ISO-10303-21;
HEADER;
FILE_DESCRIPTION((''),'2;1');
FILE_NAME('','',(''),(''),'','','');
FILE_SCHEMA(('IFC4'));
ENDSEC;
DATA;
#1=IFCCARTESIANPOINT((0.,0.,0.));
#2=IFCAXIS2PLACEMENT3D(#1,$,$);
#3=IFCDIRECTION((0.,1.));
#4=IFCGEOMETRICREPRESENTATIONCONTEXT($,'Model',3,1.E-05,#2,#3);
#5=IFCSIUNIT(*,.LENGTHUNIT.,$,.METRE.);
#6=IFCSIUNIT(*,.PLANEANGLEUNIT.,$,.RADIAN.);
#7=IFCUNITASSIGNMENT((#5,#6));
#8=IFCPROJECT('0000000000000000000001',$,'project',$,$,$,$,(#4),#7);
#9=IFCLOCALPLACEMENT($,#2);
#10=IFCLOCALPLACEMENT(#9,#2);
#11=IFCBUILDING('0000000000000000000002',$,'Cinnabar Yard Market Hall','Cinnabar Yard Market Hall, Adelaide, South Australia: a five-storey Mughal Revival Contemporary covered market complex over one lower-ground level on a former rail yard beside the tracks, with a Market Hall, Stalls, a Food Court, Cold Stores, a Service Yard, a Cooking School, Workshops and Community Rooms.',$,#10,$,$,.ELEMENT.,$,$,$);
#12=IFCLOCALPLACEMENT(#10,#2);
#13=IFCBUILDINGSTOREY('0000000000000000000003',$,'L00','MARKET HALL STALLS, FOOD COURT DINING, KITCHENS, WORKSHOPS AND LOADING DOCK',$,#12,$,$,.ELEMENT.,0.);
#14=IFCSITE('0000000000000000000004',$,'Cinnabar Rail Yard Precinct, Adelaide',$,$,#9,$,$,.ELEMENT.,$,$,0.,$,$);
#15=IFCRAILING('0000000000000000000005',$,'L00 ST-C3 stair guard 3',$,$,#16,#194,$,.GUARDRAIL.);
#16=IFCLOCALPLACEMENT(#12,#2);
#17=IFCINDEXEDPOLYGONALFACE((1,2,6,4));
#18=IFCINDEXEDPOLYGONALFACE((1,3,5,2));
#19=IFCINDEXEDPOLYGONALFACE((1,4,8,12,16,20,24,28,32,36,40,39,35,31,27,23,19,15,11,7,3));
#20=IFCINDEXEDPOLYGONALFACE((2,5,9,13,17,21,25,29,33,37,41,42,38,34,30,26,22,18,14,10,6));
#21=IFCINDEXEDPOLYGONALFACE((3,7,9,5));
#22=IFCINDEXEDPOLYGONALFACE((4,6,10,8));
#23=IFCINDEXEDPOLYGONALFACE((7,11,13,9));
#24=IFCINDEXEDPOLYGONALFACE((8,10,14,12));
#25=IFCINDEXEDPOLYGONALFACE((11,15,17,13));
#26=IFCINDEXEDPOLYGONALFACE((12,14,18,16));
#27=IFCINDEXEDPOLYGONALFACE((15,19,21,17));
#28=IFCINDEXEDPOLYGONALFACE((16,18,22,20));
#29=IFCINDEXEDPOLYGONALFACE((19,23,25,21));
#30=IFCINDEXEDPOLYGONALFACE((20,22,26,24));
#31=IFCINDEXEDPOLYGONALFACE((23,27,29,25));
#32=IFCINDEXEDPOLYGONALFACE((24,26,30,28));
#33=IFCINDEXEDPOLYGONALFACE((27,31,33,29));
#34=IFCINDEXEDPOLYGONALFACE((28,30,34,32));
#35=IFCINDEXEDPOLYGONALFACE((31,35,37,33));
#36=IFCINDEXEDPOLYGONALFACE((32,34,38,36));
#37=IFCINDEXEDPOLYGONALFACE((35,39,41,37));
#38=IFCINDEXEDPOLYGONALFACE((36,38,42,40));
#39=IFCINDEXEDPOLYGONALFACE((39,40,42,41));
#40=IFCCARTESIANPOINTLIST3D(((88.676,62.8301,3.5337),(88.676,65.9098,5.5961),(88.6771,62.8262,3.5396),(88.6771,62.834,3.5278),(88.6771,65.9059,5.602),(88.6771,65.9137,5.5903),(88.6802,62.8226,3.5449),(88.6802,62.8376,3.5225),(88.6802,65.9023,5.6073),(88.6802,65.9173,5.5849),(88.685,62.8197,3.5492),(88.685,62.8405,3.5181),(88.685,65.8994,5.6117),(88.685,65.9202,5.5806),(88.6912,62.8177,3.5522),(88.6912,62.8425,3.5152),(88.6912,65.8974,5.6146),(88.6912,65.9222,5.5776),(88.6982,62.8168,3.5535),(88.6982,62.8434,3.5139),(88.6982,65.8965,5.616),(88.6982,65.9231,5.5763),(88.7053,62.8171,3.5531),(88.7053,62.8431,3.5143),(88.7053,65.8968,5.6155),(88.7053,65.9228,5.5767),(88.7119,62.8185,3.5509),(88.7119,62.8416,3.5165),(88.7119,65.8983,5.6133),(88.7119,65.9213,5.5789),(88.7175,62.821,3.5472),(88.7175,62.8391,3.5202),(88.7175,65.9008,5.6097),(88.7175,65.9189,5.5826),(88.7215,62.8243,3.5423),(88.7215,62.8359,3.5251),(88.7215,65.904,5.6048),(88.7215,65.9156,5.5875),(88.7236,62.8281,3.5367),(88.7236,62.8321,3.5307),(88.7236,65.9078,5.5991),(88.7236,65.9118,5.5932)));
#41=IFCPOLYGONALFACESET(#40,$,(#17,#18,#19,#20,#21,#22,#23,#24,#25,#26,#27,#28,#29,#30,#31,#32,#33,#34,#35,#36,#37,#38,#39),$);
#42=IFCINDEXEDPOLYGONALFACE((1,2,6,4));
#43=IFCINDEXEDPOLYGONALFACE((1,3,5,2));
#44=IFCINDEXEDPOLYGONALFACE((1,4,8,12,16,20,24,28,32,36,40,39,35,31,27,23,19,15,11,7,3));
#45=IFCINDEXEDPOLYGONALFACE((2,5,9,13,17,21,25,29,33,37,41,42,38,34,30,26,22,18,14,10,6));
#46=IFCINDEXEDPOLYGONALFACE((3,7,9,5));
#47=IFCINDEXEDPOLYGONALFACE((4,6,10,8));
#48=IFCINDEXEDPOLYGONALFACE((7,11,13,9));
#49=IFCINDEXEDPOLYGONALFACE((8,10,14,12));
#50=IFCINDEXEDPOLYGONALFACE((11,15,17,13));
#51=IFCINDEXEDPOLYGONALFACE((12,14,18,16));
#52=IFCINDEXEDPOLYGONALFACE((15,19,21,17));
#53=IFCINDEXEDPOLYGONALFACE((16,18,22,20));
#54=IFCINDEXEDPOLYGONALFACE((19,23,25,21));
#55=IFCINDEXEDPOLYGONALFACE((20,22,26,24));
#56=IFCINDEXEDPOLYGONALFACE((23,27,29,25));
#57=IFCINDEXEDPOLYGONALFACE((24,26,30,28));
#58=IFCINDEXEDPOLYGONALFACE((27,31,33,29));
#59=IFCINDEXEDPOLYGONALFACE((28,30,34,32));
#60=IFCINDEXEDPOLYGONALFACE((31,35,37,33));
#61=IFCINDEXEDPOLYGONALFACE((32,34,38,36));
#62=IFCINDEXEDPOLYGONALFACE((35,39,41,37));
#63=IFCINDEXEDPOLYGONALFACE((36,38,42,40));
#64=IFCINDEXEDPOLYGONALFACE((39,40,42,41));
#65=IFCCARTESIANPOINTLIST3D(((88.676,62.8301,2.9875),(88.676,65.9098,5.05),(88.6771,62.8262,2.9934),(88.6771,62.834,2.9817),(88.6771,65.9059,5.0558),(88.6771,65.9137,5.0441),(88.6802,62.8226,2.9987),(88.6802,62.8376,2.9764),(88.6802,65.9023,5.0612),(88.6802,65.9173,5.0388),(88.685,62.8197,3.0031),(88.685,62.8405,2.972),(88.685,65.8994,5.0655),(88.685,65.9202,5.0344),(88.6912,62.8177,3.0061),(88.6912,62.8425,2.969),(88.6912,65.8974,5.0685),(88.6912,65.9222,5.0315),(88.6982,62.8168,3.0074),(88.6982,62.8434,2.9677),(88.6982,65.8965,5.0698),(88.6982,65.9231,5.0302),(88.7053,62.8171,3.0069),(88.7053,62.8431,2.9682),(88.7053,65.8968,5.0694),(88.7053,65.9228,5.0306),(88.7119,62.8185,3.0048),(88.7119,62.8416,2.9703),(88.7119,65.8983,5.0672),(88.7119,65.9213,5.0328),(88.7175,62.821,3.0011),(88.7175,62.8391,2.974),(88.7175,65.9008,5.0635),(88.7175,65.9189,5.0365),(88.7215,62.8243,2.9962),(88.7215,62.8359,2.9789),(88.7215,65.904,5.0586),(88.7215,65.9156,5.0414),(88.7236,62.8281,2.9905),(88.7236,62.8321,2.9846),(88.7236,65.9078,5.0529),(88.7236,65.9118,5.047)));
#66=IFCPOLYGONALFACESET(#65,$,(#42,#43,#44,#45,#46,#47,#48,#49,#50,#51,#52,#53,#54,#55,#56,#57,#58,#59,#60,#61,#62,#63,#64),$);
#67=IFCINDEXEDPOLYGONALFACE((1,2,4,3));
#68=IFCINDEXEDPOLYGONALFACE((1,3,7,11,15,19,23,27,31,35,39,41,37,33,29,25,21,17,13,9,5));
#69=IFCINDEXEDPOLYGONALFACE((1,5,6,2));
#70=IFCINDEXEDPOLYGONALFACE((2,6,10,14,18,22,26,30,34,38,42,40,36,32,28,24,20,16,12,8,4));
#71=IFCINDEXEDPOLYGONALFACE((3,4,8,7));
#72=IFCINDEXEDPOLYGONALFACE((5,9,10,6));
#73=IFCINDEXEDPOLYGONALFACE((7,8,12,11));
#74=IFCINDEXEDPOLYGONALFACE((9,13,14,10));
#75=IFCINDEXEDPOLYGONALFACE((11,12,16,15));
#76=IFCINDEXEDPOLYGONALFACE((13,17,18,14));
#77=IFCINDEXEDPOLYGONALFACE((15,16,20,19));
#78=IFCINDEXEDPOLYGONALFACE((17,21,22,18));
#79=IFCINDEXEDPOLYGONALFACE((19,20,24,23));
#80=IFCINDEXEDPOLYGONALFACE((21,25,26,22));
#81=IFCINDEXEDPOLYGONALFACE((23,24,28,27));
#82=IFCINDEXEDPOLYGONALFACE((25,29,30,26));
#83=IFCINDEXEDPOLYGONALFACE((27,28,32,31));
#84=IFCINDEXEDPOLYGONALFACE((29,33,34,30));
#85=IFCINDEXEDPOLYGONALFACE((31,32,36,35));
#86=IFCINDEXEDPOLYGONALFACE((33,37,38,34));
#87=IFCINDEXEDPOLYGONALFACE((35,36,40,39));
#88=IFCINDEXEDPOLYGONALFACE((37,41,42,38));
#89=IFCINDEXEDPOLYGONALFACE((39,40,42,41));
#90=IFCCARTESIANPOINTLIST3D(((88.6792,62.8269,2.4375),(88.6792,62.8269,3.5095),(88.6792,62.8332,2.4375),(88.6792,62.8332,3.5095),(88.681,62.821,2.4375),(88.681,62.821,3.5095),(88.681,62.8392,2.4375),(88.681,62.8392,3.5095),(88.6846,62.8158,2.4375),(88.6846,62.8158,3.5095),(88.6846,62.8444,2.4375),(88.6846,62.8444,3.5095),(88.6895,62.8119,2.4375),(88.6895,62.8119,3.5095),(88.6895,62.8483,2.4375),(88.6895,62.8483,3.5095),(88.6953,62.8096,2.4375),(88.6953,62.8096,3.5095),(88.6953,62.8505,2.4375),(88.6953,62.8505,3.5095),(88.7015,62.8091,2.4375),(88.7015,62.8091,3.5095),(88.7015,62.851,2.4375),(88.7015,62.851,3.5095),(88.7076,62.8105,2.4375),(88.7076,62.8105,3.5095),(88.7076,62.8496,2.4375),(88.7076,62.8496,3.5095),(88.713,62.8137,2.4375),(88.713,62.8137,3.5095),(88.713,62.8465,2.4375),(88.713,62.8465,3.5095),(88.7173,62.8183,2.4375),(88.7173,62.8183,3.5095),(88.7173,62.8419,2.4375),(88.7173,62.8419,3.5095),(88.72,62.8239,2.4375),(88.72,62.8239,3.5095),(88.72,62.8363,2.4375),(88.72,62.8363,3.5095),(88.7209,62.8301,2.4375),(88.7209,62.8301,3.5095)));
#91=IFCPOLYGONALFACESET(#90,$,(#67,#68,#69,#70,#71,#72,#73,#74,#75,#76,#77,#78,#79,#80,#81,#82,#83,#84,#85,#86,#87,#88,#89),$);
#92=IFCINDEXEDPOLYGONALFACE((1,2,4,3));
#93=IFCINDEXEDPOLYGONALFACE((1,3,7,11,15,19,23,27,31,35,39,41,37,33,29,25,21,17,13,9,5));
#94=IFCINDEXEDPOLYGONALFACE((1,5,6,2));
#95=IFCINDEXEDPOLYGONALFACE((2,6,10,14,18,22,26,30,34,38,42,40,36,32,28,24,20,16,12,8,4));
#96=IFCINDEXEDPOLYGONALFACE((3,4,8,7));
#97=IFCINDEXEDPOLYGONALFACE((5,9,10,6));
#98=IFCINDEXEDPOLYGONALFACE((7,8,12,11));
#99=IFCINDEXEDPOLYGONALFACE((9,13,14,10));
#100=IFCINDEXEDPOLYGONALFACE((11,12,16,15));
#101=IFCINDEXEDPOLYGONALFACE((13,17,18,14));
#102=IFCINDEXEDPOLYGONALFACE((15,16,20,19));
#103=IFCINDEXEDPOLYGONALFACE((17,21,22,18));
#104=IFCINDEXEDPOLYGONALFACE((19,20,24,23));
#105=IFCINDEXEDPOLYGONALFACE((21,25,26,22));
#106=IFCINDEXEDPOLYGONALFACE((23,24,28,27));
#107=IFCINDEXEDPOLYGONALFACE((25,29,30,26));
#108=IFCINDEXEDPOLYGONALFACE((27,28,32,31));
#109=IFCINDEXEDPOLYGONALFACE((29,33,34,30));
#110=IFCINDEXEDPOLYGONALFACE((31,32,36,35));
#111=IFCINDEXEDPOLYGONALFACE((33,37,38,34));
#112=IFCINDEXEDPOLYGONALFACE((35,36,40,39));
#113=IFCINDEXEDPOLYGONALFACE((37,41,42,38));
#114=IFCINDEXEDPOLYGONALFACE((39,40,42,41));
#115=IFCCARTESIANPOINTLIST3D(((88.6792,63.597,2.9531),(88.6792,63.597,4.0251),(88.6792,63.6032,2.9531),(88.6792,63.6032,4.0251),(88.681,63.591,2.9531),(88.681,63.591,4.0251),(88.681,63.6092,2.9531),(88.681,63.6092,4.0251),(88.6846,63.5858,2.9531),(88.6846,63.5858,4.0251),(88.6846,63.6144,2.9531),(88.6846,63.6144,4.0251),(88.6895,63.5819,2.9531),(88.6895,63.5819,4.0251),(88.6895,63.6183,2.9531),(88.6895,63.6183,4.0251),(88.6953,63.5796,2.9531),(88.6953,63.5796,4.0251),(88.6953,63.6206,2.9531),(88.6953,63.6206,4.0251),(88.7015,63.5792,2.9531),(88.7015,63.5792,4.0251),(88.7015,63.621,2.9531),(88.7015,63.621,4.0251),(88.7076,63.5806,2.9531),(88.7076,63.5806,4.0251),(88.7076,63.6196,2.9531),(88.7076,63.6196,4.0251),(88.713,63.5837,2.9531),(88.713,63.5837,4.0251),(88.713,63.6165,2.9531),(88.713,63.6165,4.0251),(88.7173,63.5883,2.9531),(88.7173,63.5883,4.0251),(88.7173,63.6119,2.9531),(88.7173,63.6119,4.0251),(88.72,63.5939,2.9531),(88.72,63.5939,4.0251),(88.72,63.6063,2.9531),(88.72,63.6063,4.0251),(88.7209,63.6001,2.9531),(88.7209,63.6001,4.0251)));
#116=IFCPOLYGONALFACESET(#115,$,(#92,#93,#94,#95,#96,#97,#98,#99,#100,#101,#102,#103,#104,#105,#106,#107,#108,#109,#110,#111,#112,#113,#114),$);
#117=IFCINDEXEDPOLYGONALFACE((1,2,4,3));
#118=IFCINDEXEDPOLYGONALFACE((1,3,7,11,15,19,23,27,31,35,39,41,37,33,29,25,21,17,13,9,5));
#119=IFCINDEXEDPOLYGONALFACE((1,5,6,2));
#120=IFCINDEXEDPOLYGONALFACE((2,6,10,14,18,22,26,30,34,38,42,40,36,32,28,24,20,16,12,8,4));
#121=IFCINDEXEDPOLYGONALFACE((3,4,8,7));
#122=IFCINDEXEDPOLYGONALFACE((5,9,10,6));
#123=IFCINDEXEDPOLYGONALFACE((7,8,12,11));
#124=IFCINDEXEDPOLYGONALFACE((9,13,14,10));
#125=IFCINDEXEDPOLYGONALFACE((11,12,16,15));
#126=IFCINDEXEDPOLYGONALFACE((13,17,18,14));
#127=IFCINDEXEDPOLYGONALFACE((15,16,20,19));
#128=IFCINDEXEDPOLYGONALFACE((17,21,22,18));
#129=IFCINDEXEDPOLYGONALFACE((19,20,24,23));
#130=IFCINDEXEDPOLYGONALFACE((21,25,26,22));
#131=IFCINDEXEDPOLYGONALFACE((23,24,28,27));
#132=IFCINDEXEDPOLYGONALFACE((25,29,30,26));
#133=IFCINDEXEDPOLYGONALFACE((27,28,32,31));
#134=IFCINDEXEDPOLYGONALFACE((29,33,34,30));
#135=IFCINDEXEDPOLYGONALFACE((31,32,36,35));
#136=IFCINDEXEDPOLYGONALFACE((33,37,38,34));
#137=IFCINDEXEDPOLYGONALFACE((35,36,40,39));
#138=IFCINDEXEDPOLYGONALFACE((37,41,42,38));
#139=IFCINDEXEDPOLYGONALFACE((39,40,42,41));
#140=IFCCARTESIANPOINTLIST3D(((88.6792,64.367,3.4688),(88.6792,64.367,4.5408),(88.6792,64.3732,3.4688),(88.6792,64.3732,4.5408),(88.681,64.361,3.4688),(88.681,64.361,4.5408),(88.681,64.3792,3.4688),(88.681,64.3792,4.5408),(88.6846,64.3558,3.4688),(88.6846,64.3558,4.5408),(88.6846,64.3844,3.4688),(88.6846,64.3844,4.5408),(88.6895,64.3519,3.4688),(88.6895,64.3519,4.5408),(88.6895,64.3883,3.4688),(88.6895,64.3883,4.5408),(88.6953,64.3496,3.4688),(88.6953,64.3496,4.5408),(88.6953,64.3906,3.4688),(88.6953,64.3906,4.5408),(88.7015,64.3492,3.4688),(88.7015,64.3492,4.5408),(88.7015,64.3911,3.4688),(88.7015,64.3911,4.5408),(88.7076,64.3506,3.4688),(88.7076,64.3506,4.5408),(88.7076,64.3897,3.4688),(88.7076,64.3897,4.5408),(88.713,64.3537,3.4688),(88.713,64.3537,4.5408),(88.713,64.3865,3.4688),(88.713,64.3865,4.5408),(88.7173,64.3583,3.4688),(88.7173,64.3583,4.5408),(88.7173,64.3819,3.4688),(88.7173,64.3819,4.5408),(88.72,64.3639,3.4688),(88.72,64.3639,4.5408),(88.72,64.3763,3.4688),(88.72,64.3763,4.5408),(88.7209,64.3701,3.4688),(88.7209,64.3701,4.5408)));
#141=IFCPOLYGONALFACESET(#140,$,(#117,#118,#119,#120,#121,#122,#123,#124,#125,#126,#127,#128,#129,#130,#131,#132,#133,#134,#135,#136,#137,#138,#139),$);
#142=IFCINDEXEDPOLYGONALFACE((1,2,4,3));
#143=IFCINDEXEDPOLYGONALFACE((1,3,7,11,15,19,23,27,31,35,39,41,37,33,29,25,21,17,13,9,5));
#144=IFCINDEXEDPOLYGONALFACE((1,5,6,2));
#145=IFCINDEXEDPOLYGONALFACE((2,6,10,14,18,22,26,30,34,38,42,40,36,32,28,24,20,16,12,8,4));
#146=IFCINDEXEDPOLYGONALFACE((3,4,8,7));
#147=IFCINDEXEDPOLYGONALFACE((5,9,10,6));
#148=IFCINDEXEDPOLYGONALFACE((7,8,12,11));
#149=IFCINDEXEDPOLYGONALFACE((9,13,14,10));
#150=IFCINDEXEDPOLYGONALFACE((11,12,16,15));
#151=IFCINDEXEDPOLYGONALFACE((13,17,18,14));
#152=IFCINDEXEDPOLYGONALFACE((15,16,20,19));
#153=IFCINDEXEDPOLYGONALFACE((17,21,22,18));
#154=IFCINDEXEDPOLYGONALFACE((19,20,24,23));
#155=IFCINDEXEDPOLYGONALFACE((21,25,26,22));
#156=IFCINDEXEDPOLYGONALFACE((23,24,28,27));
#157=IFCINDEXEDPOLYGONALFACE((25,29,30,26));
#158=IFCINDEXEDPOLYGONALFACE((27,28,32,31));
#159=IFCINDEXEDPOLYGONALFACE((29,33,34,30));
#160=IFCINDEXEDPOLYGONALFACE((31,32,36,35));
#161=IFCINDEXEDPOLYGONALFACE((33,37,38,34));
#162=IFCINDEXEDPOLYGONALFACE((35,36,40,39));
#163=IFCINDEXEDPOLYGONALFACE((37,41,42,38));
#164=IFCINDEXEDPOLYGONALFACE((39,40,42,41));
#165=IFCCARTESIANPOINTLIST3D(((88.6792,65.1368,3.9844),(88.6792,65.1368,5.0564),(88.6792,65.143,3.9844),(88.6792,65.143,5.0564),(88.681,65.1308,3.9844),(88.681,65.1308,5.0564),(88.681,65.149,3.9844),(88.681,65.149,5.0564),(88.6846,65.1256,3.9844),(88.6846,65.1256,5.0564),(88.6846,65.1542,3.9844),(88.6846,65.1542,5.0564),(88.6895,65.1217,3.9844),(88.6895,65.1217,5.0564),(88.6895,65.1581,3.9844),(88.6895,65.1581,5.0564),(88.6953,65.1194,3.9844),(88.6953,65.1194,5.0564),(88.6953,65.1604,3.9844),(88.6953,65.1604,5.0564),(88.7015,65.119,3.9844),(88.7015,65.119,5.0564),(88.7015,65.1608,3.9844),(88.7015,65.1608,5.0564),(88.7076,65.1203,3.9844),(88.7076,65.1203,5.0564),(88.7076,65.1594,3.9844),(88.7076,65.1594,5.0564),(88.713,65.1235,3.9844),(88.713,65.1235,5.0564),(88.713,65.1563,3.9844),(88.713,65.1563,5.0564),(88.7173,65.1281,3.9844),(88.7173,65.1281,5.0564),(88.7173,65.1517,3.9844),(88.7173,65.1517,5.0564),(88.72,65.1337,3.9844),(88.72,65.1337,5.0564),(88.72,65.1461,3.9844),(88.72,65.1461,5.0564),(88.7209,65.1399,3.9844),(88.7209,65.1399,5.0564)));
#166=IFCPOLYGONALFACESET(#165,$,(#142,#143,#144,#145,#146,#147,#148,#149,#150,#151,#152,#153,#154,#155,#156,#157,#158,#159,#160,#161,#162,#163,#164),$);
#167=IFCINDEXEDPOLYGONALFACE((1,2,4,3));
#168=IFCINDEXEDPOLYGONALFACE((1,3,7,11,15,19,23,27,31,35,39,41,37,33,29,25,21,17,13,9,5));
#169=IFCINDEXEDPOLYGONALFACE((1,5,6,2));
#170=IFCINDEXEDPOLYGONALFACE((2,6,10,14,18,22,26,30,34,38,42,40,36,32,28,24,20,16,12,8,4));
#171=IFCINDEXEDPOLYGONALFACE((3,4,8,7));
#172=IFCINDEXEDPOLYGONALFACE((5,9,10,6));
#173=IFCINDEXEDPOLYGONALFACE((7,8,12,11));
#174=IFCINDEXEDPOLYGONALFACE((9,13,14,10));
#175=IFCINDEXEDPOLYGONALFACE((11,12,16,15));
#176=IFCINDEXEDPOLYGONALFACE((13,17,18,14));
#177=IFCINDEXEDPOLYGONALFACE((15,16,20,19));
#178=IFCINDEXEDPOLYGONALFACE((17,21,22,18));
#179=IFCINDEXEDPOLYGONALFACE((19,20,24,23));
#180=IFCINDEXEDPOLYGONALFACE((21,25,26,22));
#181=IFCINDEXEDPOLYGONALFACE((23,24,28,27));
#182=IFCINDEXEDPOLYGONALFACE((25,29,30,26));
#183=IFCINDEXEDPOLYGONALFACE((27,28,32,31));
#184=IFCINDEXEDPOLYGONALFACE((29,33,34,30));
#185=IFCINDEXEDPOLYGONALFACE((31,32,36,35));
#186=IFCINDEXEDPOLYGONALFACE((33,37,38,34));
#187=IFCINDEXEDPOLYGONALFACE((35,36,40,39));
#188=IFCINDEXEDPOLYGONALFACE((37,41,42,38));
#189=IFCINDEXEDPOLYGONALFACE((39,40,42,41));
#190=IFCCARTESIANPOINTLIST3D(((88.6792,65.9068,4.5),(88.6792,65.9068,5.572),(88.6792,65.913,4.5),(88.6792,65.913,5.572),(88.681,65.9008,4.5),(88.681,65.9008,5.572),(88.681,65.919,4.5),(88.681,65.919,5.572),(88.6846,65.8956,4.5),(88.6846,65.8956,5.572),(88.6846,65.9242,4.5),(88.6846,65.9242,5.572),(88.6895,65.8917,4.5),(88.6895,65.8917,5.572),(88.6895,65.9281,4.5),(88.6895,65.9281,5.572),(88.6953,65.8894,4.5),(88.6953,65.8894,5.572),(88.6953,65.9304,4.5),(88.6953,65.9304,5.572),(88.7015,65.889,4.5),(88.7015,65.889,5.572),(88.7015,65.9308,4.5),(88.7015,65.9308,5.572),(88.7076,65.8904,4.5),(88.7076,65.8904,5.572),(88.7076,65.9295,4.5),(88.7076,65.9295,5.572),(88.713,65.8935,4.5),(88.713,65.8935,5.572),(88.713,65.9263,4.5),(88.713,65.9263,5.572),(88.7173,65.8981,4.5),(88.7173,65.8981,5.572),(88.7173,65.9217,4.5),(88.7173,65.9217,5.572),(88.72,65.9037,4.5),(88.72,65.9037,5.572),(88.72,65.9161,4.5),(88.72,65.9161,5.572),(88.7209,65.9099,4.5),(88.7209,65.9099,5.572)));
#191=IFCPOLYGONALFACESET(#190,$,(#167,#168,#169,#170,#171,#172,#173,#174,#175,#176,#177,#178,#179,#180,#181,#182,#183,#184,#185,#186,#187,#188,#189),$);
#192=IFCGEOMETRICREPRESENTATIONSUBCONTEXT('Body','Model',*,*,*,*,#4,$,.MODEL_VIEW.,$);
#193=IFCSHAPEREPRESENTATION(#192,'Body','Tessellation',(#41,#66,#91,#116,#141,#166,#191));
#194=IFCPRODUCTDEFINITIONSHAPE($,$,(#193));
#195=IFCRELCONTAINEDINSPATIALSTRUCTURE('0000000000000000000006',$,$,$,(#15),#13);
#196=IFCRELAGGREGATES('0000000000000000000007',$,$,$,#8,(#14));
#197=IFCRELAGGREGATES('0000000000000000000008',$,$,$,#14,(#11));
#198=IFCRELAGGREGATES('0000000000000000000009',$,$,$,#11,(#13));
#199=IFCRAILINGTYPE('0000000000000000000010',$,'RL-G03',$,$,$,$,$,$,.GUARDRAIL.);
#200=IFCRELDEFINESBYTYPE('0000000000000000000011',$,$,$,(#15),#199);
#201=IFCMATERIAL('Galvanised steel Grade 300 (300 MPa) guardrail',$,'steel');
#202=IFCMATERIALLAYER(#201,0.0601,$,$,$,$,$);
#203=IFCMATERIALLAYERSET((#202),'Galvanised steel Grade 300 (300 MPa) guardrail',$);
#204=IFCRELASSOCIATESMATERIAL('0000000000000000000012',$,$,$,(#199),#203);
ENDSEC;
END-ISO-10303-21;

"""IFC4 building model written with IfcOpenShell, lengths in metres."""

from ifc_helpers import new_model, si_unit, direction, frame, origin, origin_2d_with_axis, place, context, subcontext, project, spatial, circle, extrude, material, layer, layer_set, type_object, element, save


model = new_model("IFC4")

# Units and contexts
model_context = context("Model", 3, precision=1e-05, world=origin(), true_north=direction((0.0, 1.0)))
body_context = subcontext(model_context, "Body", "Model", "MODEL_VIEW")
ifc_project = project(units=[si_unit("LENGTHUNIT", "METRE"), si_unit("PLANEANGLEUNIT", "RADIAN")], contexts=[model_context])

# Site, building, storey
site_placement = place(None, origin())
site = spatial("IfcSite", under=ifc_project, at=site_placement, Name="Cinnabar Rail Yard Precinct, Adelaide", CompositionType="ELEMENT", RefElevation=0.0)
building_placement = place(site_placement, origin())
building = spatial("IfcBuilding", under=site, at=building_placement, Name="Cinnabar Yard Market Hall", Description="Cinnabar Yard Market Hall, Adelaide, South Australia: a five-storey Mughal Revival Contemporary covered market complex over one lower-ground level on a former rail yard beside the tracks, with a Market Hall, Stalls, a Food Court, Cold Stores, a Service Yard, a Cooking School, Workshops and Community Rooms.", CompositionType="ELEMENT")
storey_placement = place(building_placement, origin())
storey = spatial("IfcBuildingStorey", under=building, at=storey_placement, Name="L00", Description="MARKET HALL STALLS, FOOD COURT DINING, KITCHENS, WORKSHOPS AND LOADING DOCK", CompositionType="ELEMENT", Elevation=0.0)

# Railing
ifc_material_1 = material(Name="Galvanised steel Grade 300 (300 MPa) guardrail", Category="steel")
ifc_layer_1 = layer(ifc_material_1, 0.0601)
ifc_layer_set_1 = layer_set([ifc_layer_1], Name="Galvanised steel Grade 300 (300 MPa) guardrail")
railing_type_1 = type_object("IfcRailingType", Name="RL-G03", PredefinedType="GUARDRAIL", material=ifc_layer_set_1)
railing_1_placement = place(storey_placement, frame((88.7, 62.8301, 2.4375)))
element("IfcRailing", 1, at=railing_1_placement, inside=storey, type_object=railing_type_1, Name="L00 ST-C3 stair guard 3", PredefinedType="GUARDRAIL", context=body_context, shape_type="SweptSolid", body=[
    extrude(circle(Radius=0.0239, at=origin_2d_with_axis()), frame((0.0, 0.0, 1.0962), z_axis=(0.0, 0.830893, 0.556432), x_axis=(-1.0, 0.0, 0.0)), (0.0, 0.0, 1.0), 3.7065),
    extrude(circle(Radius=0.0239, at=origin_2d_with_axis()), frame((0.0, 0.0, 0.55), z_axis=(0.0, 0.830893, 0.556432), x_axis=(-1.0, 0.0, 0.0)), (0.0, 0.0, 1.0), 3.7065),
    extrude(circle(Radius=0.021, at=origin_2d_with_axis()), origin(), (0.0, 0.0, 1.0), 1.072),
    extrude(circle(Radius=0.021, at=origin_2d_with_axis()), frame((0.0, 0.77, 0.5156)), (0.0, 0.0, 1.0), 1.072),
    extrude(circle(Radius=0.021, at=origin_2d_with_axis()), frame((0.0, 1.54, 1.0312)), (0.0, 0.0, 1.0), 1.072),
    extrude(circle(Radius=0.021, at=origin_2d_with_axis()), frame((0.0, 2.3098, 1.5469)), (0.0, 0.0, 1.0), 1.072),
    extrude(circle(Radius=0.021, at=origin_2d_with_axis()), frame((0.0, 3.0798, 2.0625)), (0.0, 0.0, 1.0), 1.072),
])

save(model, "model.ifc")
